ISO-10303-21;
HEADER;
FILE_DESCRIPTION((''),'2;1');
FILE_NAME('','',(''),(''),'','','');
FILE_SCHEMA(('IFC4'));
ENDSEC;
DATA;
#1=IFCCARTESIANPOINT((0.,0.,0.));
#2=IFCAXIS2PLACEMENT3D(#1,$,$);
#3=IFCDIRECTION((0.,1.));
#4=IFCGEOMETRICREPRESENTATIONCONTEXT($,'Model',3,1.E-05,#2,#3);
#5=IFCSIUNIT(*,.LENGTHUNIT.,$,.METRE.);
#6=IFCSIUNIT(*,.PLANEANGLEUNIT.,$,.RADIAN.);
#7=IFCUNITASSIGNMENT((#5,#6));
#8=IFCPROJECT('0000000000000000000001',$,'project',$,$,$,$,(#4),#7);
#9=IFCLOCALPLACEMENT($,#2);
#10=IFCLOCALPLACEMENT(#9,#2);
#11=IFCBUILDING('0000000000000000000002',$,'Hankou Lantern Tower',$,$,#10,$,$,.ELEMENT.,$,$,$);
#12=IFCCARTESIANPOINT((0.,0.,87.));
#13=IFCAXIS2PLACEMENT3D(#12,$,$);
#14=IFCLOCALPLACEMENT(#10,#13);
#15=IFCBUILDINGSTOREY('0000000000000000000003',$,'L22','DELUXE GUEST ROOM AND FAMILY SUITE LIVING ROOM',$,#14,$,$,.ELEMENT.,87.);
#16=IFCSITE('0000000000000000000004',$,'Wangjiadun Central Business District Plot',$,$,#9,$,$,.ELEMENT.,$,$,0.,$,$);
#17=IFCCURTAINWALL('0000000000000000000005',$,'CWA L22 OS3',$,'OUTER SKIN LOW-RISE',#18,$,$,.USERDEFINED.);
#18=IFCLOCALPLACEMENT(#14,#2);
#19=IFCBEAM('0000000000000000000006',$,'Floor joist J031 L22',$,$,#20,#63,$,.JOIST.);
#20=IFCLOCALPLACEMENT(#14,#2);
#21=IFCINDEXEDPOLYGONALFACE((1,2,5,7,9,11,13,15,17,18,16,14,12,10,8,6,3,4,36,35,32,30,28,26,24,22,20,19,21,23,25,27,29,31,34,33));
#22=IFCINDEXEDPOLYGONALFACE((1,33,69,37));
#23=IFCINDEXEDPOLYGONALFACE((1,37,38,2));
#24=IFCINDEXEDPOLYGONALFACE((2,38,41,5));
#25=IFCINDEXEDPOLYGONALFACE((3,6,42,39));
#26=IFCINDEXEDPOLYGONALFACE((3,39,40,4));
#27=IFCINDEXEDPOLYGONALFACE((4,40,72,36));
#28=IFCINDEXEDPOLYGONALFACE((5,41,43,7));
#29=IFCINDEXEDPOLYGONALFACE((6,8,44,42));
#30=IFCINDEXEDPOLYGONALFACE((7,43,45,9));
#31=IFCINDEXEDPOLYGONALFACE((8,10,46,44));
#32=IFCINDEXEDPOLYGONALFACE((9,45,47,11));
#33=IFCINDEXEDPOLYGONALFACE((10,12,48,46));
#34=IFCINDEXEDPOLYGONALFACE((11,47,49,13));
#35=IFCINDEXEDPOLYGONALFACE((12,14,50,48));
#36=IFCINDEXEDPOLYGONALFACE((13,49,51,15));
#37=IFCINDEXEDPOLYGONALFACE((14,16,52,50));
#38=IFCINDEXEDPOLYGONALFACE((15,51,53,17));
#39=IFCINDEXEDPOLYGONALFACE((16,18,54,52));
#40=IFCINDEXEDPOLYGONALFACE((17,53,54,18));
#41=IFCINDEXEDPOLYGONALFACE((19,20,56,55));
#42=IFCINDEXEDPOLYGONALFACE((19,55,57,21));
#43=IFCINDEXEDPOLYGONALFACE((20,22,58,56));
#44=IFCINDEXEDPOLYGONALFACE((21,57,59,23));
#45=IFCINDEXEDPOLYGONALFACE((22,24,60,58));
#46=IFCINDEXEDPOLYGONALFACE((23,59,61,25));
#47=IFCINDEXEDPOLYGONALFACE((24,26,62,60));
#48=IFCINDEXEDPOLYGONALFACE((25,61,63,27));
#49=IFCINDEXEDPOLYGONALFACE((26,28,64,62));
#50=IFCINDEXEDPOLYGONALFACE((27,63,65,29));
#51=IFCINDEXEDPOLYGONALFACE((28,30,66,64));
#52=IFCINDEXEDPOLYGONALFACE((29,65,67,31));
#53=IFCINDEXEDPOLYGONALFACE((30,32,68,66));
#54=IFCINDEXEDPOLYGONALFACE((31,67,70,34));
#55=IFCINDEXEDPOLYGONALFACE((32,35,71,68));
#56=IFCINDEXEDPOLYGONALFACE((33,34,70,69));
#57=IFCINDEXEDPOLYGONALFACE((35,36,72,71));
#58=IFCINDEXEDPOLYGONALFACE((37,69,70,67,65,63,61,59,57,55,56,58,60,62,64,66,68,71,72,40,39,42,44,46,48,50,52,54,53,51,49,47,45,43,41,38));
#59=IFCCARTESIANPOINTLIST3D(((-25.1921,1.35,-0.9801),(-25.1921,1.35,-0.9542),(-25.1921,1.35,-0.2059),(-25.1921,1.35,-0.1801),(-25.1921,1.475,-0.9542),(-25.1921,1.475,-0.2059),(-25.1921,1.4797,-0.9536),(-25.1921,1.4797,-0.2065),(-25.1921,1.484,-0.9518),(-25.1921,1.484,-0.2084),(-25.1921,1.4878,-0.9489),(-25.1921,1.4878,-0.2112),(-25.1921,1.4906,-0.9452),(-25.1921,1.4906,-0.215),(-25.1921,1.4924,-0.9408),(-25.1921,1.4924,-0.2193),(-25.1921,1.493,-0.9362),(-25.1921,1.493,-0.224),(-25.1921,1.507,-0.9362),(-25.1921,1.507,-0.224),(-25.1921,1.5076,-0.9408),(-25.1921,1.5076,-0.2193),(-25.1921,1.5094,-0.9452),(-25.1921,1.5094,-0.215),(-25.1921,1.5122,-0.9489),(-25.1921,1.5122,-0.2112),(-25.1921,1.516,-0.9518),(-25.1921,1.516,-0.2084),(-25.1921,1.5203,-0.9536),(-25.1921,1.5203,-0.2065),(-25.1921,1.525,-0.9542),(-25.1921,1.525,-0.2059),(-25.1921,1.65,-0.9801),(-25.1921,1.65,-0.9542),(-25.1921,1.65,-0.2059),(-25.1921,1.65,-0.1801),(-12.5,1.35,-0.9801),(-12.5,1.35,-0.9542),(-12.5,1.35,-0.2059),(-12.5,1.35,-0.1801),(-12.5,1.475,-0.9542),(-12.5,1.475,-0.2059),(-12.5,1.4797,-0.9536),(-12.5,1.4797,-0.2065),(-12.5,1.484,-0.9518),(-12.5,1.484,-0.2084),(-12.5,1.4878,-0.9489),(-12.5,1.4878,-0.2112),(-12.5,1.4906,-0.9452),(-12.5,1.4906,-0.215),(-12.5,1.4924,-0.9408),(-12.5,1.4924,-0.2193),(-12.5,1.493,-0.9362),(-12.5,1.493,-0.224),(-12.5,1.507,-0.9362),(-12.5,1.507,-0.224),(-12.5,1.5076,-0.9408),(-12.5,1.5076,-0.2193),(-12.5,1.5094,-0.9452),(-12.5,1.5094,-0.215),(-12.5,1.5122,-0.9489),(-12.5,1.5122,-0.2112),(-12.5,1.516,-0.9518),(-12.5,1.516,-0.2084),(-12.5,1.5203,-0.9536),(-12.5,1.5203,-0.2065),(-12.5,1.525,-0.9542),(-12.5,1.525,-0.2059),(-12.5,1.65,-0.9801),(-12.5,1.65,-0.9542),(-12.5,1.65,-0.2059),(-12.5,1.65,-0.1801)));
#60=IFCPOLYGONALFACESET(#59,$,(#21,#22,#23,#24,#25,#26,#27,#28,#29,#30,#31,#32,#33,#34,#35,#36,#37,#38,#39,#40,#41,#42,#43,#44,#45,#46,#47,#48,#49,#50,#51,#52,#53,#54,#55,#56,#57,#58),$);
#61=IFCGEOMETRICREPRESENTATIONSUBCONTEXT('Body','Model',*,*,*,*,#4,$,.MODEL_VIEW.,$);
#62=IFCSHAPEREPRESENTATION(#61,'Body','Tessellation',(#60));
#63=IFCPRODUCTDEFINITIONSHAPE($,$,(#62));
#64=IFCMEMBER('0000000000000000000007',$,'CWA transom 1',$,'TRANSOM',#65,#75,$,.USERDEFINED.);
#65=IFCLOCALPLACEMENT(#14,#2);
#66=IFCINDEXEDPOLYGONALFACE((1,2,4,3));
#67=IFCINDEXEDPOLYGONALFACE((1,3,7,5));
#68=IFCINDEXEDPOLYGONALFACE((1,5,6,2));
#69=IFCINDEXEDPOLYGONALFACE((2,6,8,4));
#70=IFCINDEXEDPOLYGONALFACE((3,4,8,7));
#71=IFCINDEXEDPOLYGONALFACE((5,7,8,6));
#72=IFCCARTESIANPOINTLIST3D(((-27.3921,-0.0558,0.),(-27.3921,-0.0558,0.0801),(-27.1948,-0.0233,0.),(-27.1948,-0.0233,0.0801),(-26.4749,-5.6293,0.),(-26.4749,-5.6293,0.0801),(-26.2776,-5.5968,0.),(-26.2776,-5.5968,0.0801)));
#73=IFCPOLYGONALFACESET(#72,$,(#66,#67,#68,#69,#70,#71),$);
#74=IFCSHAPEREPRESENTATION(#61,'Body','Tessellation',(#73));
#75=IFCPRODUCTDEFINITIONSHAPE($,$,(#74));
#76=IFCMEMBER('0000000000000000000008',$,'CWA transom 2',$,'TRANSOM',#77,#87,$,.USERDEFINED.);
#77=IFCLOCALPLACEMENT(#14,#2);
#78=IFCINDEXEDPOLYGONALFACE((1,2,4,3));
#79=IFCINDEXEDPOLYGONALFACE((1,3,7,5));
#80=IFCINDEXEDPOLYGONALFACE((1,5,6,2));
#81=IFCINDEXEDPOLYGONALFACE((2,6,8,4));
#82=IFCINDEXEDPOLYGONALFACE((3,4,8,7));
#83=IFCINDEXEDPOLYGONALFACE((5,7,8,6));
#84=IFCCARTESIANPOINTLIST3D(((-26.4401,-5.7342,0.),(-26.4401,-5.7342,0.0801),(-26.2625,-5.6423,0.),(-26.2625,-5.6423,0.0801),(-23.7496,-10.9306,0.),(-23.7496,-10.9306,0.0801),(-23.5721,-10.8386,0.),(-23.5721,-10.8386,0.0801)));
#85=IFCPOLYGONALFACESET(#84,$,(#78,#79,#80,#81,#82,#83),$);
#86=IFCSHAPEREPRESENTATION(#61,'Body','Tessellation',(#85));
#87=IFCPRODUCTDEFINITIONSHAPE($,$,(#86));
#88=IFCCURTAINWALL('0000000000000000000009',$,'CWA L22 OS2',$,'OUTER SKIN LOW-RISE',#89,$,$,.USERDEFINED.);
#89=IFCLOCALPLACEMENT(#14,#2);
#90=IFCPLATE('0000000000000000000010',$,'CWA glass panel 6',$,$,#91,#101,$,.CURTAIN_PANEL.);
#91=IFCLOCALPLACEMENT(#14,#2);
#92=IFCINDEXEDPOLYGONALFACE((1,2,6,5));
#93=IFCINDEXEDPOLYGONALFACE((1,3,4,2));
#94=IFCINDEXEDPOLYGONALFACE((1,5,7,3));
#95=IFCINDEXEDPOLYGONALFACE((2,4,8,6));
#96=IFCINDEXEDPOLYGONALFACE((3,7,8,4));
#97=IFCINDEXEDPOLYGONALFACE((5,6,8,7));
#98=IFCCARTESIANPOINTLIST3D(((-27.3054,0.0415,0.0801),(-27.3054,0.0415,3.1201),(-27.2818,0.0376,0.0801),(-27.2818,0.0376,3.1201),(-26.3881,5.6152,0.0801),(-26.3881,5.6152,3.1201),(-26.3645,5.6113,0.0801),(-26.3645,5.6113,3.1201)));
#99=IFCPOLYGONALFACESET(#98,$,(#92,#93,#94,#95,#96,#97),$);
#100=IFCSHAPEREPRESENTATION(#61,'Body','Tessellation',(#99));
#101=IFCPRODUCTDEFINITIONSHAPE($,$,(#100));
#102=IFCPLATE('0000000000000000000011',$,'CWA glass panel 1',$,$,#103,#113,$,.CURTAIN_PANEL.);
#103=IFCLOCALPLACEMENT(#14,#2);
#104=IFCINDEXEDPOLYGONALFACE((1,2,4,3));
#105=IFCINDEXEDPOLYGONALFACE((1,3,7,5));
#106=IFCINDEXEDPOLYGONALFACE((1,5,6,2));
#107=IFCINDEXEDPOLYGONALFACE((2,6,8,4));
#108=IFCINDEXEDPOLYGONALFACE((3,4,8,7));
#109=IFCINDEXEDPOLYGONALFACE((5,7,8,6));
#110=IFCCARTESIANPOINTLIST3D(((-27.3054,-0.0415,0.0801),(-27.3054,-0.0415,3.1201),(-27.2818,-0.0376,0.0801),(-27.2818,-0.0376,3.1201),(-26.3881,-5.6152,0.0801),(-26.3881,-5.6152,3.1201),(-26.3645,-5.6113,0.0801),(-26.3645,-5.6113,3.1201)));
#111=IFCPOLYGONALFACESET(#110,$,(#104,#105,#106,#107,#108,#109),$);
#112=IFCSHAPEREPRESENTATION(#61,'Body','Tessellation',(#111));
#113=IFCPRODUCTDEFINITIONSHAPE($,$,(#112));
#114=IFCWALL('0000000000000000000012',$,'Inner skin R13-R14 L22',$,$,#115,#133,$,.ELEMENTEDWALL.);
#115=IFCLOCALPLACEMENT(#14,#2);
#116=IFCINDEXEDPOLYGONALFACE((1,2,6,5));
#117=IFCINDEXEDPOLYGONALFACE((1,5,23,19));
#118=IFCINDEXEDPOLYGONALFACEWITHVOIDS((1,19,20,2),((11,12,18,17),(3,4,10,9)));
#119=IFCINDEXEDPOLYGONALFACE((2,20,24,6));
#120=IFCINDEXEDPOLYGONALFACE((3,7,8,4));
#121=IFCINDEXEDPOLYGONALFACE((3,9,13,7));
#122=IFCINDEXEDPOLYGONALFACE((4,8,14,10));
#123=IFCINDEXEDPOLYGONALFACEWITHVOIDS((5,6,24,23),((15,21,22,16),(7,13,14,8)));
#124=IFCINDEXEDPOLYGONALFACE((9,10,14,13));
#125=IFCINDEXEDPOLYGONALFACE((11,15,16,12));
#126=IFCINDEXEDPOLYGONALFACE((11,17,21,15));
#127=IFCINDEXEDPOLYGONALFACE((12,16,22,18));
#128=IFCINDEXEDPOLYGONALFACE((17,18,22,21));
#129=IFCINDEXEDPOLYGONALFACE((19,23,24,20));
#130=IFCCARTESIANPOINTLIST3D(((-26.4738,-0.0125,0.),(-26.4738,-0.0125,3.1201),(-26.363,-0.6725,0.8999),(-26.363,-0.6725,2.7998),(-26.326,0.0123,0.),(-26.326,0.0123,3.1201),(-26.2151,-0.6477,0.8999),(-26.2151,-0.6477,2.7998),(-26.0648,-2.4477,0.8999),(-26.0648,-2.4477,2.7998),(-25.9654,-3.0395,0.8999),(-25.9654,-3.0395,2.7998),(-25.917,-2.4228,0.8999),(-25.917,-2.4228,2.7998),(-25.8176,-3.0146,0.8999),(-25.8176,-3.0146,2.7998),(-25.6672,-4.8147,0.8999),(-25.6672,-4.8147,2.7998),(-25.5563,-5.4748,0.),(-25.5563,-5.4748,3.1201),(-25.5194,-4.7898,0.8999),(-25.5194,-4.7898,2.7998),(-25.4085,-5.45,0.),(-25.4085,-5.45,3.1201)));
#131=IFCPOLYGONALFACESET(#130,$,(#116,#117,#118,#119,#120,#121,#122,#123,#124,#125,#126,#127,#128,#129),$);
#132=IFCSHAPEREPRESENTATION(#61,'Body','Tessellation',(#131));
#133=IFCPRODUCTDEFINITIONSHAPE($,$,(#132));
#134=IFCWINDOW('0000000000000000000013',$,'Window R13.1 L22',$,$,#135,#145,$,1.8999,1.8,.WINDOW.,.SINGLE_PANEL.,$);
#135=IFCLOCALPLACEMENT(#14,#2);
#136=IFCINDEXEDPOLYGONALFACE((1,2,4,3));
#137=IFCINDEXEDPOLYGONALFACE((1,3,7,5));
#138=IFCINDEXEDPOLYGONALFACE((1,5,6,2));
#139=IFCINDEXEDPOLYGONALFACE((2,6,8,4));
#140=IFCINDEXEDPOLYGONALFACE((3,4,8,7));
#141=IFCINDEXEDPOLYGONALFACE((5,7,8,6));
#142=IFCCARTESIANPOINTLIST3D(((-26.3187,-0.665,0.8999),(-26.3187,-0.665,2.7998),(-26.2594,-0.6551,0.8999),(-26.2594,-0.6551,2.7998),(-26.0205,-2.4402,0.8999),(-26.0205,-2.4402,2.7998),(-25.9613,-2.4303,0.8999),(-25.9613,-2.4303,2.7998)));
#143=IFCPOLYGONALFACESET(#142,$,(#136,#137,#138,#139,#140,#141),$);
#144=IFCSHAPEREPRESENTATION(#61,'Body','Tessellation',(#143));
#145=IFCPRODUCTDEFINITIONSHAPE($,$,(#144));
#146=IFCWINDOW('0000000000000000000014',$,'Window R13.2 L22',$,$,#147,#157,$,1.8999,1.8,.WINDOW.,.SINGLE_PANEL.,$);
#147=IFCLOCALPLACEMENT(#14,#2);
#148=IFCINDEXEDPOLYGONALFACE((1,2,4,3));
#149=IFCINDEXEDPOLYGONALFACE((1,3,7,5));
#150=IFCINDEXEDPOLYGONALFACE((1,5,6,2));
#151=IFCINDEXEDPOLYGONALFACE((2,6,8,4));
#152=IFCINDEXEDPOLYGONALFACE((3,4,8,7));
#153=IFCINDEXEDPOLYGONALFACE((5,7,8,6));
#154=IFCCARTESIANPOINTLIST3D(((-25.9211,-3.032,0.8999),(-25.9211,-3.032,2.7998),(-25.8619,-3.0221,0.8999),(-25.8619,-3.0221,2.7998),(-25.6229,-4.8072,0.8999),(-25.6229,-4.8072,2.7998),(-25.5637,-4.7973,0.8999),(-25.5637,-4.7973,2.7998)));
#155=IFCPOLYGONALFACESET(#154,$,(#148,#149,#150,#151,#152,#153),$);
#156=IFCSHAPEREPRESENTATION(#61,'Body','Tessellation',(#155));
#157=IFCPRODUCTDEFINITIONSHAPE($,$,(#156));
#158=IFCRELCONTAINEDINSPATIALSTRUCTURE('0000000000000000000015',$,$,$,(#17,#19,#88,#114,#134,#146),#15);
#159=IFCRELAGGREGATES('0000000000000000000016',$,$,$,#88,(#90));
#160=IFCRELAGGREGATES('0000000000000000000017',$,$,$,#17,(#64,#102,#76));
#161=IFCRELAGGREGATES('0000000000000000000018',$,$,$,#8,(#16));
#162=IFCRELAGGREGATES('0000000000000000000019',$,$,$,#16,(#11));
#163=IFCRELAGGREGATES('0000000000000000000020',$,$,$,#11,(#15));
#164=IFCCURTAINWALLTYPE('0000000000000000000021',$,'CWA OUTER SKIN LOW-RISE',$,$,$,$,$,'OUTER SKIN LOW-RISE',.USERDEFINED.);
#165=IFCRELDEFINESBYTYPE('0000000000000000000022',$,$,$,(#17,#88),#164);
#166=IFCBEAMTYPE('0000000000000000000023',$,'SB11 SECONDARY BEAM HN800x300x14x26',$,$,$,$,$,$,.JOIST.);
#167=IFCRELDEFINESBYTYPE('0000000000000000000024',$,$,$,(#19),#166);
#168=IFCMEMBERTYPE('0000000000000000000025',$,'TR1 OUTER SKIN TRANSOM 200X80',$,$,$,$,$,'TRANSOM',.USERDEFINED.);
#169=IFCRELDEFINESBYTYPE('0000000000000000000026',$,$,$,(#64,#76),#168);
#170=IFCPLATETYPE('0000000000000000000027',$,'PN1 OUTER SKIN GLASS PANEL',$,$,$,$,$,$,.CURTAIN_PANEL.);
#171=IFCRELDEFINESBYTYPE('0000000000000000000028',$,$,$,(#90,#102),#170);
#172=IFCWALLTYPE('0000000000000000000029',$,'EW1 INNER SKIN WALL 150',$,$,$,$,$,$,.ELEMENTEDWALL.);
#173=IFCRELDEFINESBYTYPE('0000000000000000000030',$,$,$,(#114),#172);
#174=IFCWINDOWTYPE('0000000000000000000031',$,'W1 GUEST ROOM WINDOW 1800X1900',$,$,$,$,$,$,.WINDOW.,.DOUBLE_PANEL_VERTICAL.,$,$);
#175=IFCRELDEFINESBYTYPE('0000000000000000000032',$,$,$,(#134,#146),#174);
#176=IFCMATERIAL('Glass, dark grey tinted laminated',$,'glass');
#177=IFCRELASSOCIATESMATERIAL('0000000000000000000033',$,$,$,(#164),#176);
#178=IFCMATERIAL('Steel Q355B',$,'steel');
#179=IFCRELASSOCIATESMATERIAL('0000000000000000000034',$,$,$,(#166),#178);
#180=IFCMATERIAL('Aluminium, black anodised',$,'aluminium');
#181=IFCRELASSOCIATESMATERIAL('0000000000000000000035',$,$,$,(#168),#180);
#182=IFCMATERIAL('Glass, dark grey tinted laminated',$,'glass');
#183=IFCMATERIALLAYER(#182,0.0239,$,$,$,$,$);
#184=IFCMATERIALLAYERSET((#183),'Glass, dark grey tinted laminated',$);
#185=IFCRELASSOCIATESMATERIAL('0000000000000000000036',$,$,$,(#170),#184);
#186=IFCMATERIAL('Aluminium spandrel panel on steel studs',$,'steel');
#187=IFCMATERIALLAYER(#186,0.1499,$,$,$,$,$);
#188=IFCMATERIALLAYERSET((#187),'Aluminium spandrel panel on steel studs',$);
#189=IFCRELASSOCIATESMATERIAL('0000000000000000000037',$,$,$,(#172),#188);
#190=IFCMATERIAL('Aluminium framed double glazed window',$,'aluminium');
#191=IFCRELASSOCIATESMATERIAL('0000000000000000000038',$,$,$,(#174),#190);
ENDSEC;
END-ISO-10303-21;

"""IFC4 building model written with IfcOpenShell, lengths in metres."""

from ifc_helpers import new_model, si_unit, direction, frame, frame_2d, origin, origin_2d, place, context, subcontext, project, spatial, rectangle, i_section, extrude, material, layer, layer_set, material_profile, profile_set, type_object, element, fill, aggregate, save


model = new_model("IFC4")

# Units and contexts
model_context = context("Model", 3, precision=1e-05, world=origin(), true_north=direction((0.0, 1.0)))
body_context = subcontext(model_context, "Body", "Model", "MODEL_VIEW")
ifc_project = project(units=[si_unit("LENGTHUNIT", "METRE"), si_unit("PLANEANGLEUNIT", "RADIAN")], contexts=[model_context])

# Site, building, storey
site_placement = place(None, origin())
site = spatial("IfcSite", under=ifc_project, at=site_placement, Name="Wangjiadun Central Business District Plot", CompositionType="ELEMENT", RefElevation=0.0)
building_placement = place(site_placement, origin())
building = spatial("IfcBuilding", under=site, at=building_placement, Name="Hankou Lantern Tower", CompositionType="ELEMENT")
storey_placement = place(building_placement, frame((0.0, 0.0, 87.0)))
storey = spatial("IfcBuildingStorey", under=building, at=storey_placement, Name="L22", Description="DELUXE GUEST ROOM AND FAMILY SUITE LIVING ROOM", CompositionType="ELEMENT", Elevation=87.0)

# Curtain wall
ifc_material_1 = material(Name="Glass, dark grey tinted laminated", Category="glass")
curtain_wall_type = type_object("IfcCurtainWallType", Name="CWA OUTER SKIN LOW-RISE", ElementType="OUTER SKIN LOW-RISE", PredefinedType="USERDEFINED", material=ifc_material_1)
curtain_wall_1_placement = place(storey_placement, origin())
curtain_wall_1 = element("IfcCurtainWall", 1, at=curtain_wall_1_placement, inside=storey, type_object=curtain_wall_type, Name="CWA L22 OS3", ObjectType="OUTER SKIN LOW-RISE", PredefinedType="USERDEFINED")

# Beam
ifc_material_2 = material(Name="Steel Q355B", Category="steel")
ifc_material_profile_1 = material_profile(ifc_material_2, i_section(OverallWidth=0.3, OverallDepth=0.8, WebThickness=0.0139, FlangeThickness=0.0259, FilletRadius=0.0181, at=origin_2d()), Name="HN800x300x14x26")
ifc_profile_set_1 = profile_set([ifc_material_profile_1], Name="Steel Q355B")
beam_type_1 = type_object("IfcBeamType", Name="SB11 SECONDARY BEAM HN800x300x14x26", PredefinedType="JOIST", material=ifc_profile_set_1)
for number, where, z_axis, x_axis, name in (
    (2, (-25.1921, 1.5, -0.5801), (1.0, 0.0, 0.0), (0.0, 1.0, 0.0), "Floor joist J031 L22"),
):
    element("IfcBeam", number, at=place(storey_placement, frame(where, z_axis=z_axis, x_axis=x_axis)), inside=storey, type_object=beam_type_1, Name=name, PredefinedType="JOIST", context=body_context, shape_type="SweptSolid", body=[
        extrude(i_section(OverallWidth=0.3, OverallDepth=0.8, WebThickness=0.0139, FlangeThickness=0.0259, FilletRadius=0.0181, at=origin_2d()), origin(), (0.0, 0.0, 1.0), 12.6921),
    ])

# Members
ifc_material_3 = material(Name="Aluminium, black anodised", Category="aluminium")
ifc_material_profile_2 = material_profile(ifc_material_3, rectangle(XDim=0.2, YDim=0.0801, at=origin_2d()), Name="TR1 200X80")
ifc_profile_set_2 = profile_set([ifc_material_profile_2], Name="Aluminium, black anodised")
member_type_1 = type_object("IfcMemberType", Name="TR1 OUTER SKIN TRANSOM 200X80", ElementType="TRANSOM", PredefinedType="USERDEFINED", material=ifc_profile_set_2)
member_1_placement = place(storey_placement, frame((-27.2935, -0.0396, 0.04), z_axis=(0.162387, -0.986727, 0.0), x_axis=(0.986727, 0.162387, 0.0)))
member_1 = element("IfcMember", 3, at=member_1_placement, type_object=member_type_1, Name="CWA transom 1", ObjectType="TRANSOM", PredefinedType="USERDEFINED", context=body_context, shape_type="SweptSolid", body=[
    extrude(rectangle(XDim=0.2, YDim=0.0801, at=origin_2d()), origin(), (0.0, 0.0, 1.0), 5.6484),
])
member_2_placement = place(storey_placement, frame((-26.3513, -5.6882, 0.04), z_axis=(0.459786, -0.88803, 0.0), x_axis=(0.88803, 0.459786, 0.0)))
member_2 = element("IfcMember", 4, at=member_2_placement, type_object=member_type_1, Name="CWA transom 2", ObjectType="TRANSOM", PredefinedType="USERDEFINED", context=body_context, shape_type="SweptSolid", body=[
    extrude(rectangle(XDim=0.2, YDim=0.0801, at=origin_2d()), origin(), (0.0, 0.0, 1.0), 5.8516),
])

# Curtain wall, plate
curtain_wall_2_placement = place(storey_placement, origin())
curtain_wall_2 = element("IfcCurtainWall", 5, at=curtain_wall_2_placement, inside=storey, type_object=curtain_wall_type, Name="CWA L22 OS2", ObjectType="OUTER SKIN LOW-RISE", PredefinedType="USERDEFINED")
ifc_material_4 = material(Name="Glass, dark grey tinted laminated", Category="glass")
ifc_layer_1 = layer(ifc_material_4, 0.0239)
ifc_layer_set_1 = layer_set([ifc_layer_1], Name="Glass, dark grey tinted laminated")
plate_type = type_object("IfcPlateType", Name="PN1 OUTER SKIN GLASS PANEL", PredefinedType="CURTAIN_PANEL", material=ifc_layer_set_1)
plate_1_placement = place(storey_placement, frame((-26.835, 2.8264, 0.0801), z_axis=(0.0, 0.0, 1.0), x_axis=(-0.162382, -0.986728, 0.0)))
plate_1 = element("IfcPlate", 6, at=plate_1_placement, type_object=plate_type, Name="CWA glass panel 6", PredefinedType="CURTAIN_PANEL", context=body_context, shape_type="SweptSolid", body=[
    extrude(rectangle(XDim=5.6487, YDim=0.0239, at=origin_2d()), origin(), (0.0, 0.0, 1.0), 3.04),
])
aggregate(curtain_wall_2, [plate_1])

# Plate
plate_2_placement = place(storey_placement, frame((-26.835, -2.8264, 0.0801), z_axis=(0.0, 0.0, 1.0), x_axis=(0.162382, -0.986728, 0.0)))
plate_2 = element("IfcPlate", 7, at=plate_2_placement, type_object=plate_type, Name="CWA glass panel 1", PredefinedType="CURTAIN_PANEL", context=body_context, shape_type="SweptSolid", body=[
    extrude(rectangle(XDim=5.6487, YDim=0.0239, at=origin_2d()), origin(), (0.0, 0.0, 1.0), 3.04),
])
aggregate(curtain_wall_1, [member_1, plate_2, member_2])

# Wall, openings, windows
ifc_material_5 = material(Name="Aluminium spandrel panel on steel studs", Category="steel")
ifc_layer_2 = layer(ifc_material_5, 0.1499)
ifc_layer_set_2 = layer_set([ifc_layer_2], Name="Aluminium spandrel panel on steel studs")
wall_type_1 = type_object("IfcWallType", Name="EW1 INNER SKIN WALL 150", PredefinedType="ELEMENTEDWALL", material=ifc_layer_set_2)
wall_1_placement = place(storey_placement, frame((-26.3999, 0.0, 0.0), z_axis=(0.0, 0.0, 1.0), x_axis=(0.165643, -0.986186, 0.0)))
wall_1 = element("IfcWall", 8, at=wall_1_placement, inside=storey, type_object=wall_type_1, Name="Inner skin R13-R14 L22", PredefinedType="ELEMENTEDWALL", context=body_context, shape_type="SweptSolid", body=[
    extrude(rectangle(XDim=5.5388, YDim=0.1499, at=frame_2d((2.7695, 0.0))), origin(), (0.0, 0.0, 1.0), 3.1201),
])
opening_1_placement = place(wall_1_placement, frame((0.6694, 0.0, 0.8999)))
opening_1 = element("IfcOpeningElement", 9, at=opening_1_placement, cuts=wall_1, PredefinedType="OPENING", context=body_context, shape_type="SweptSolid", body=[
    extrude(rectangle(XDim=1.8, YDim=1.8999, at=frame_2d((0.8999, 0.95))), frame((0.0, 0.085, 0.0), z_axis=(0.0, -1.0, 0.0), x_axis=(1.0, 0.0, 0.0)), (0.0, 0.0, 1.0), 0.1699),
])
opening_2_placement = place(wall_1_placement, frame((3.0696, 0.0, 0.8999)))
opening_2 = element("IfcOpeningElement", 10, at=opening_2_placement, cuts=wall_1, PredefinedType="OPENING", context=body_context, shape_type="SweptSolid", body=[
    extrude(rectangle(XDim=1.8, YDim=1.8999, at=frame_2d((0.8999, 0.95))), frame((0.0, 0.085, 0.0), z_axis=(0.0, -1.0, 0.0), x_axis=(1.0, 0.0, 0.0)), (0.0, 0.0, 1.0), 0.1699),
])
ifc_material_6 = material(Name="Aluminium framed double glazed window", Category="aluminium")
window_type = type_object("IfcWindowType", Name="W1 GUEST ROOM WINDOW 1800X1900", PartitioningType="DOUBLE_PANEL_VERTICAL", PredefinedType="WINDOW", material=ifc_material_6)
window_1_placement = place(opening_1_placement, origin())
window_1 = element("IfcWindow", 11, at=window_1_placement, inside=storey, type_object=window_type, Name="Window R13.1 L22", OverallHeight=1.8999, OverallWidth=1.8, PartitioningType="SINGLE_PANEL", PredefinedType="WINDOW", context=body_context, shape_type="SweptSolid", body=[
    extrude(rectangle(XDim=1.8, YDim=1.8999, at=frame_2d((0.8999, 0.95))), frame((0.0, 0.03, 0.0), z_axis=(0.0, -1.0, 0.0), x_axis=(1.0, 0.0, 0.0)), (0.0, 0.0, 1.0), 0.0601),
])
fill(opening_1, window_1)
window_2_placement = place(opening_2_placement, origin())
window_2 = element("IfcWindow", 12, at=window_2_placement, inside=storey, type_object=window_type, Name="Window R13.2 L22", OverallHeight=1.8999, OverallWidth=1.8, PartitioningType="SINGLE_PANEL", PredefinedType="WINDOW", context=body_context, shape_type="SweptSolid", body=[
    extrude(rectangle(XDim=1.8, YDim=1.8999, at=frame_2d((0.8999, 0.95))), frame((0.0, 0.03, 0.0), z_axis=(0.0, -1.0, 0.0), x_axis=(1.0, 0.0, 0.0)), (0.0, 0.0, 1.0), 0.0601),
])
fill(opening_2, window_2)

save(model, "model.ifc")
